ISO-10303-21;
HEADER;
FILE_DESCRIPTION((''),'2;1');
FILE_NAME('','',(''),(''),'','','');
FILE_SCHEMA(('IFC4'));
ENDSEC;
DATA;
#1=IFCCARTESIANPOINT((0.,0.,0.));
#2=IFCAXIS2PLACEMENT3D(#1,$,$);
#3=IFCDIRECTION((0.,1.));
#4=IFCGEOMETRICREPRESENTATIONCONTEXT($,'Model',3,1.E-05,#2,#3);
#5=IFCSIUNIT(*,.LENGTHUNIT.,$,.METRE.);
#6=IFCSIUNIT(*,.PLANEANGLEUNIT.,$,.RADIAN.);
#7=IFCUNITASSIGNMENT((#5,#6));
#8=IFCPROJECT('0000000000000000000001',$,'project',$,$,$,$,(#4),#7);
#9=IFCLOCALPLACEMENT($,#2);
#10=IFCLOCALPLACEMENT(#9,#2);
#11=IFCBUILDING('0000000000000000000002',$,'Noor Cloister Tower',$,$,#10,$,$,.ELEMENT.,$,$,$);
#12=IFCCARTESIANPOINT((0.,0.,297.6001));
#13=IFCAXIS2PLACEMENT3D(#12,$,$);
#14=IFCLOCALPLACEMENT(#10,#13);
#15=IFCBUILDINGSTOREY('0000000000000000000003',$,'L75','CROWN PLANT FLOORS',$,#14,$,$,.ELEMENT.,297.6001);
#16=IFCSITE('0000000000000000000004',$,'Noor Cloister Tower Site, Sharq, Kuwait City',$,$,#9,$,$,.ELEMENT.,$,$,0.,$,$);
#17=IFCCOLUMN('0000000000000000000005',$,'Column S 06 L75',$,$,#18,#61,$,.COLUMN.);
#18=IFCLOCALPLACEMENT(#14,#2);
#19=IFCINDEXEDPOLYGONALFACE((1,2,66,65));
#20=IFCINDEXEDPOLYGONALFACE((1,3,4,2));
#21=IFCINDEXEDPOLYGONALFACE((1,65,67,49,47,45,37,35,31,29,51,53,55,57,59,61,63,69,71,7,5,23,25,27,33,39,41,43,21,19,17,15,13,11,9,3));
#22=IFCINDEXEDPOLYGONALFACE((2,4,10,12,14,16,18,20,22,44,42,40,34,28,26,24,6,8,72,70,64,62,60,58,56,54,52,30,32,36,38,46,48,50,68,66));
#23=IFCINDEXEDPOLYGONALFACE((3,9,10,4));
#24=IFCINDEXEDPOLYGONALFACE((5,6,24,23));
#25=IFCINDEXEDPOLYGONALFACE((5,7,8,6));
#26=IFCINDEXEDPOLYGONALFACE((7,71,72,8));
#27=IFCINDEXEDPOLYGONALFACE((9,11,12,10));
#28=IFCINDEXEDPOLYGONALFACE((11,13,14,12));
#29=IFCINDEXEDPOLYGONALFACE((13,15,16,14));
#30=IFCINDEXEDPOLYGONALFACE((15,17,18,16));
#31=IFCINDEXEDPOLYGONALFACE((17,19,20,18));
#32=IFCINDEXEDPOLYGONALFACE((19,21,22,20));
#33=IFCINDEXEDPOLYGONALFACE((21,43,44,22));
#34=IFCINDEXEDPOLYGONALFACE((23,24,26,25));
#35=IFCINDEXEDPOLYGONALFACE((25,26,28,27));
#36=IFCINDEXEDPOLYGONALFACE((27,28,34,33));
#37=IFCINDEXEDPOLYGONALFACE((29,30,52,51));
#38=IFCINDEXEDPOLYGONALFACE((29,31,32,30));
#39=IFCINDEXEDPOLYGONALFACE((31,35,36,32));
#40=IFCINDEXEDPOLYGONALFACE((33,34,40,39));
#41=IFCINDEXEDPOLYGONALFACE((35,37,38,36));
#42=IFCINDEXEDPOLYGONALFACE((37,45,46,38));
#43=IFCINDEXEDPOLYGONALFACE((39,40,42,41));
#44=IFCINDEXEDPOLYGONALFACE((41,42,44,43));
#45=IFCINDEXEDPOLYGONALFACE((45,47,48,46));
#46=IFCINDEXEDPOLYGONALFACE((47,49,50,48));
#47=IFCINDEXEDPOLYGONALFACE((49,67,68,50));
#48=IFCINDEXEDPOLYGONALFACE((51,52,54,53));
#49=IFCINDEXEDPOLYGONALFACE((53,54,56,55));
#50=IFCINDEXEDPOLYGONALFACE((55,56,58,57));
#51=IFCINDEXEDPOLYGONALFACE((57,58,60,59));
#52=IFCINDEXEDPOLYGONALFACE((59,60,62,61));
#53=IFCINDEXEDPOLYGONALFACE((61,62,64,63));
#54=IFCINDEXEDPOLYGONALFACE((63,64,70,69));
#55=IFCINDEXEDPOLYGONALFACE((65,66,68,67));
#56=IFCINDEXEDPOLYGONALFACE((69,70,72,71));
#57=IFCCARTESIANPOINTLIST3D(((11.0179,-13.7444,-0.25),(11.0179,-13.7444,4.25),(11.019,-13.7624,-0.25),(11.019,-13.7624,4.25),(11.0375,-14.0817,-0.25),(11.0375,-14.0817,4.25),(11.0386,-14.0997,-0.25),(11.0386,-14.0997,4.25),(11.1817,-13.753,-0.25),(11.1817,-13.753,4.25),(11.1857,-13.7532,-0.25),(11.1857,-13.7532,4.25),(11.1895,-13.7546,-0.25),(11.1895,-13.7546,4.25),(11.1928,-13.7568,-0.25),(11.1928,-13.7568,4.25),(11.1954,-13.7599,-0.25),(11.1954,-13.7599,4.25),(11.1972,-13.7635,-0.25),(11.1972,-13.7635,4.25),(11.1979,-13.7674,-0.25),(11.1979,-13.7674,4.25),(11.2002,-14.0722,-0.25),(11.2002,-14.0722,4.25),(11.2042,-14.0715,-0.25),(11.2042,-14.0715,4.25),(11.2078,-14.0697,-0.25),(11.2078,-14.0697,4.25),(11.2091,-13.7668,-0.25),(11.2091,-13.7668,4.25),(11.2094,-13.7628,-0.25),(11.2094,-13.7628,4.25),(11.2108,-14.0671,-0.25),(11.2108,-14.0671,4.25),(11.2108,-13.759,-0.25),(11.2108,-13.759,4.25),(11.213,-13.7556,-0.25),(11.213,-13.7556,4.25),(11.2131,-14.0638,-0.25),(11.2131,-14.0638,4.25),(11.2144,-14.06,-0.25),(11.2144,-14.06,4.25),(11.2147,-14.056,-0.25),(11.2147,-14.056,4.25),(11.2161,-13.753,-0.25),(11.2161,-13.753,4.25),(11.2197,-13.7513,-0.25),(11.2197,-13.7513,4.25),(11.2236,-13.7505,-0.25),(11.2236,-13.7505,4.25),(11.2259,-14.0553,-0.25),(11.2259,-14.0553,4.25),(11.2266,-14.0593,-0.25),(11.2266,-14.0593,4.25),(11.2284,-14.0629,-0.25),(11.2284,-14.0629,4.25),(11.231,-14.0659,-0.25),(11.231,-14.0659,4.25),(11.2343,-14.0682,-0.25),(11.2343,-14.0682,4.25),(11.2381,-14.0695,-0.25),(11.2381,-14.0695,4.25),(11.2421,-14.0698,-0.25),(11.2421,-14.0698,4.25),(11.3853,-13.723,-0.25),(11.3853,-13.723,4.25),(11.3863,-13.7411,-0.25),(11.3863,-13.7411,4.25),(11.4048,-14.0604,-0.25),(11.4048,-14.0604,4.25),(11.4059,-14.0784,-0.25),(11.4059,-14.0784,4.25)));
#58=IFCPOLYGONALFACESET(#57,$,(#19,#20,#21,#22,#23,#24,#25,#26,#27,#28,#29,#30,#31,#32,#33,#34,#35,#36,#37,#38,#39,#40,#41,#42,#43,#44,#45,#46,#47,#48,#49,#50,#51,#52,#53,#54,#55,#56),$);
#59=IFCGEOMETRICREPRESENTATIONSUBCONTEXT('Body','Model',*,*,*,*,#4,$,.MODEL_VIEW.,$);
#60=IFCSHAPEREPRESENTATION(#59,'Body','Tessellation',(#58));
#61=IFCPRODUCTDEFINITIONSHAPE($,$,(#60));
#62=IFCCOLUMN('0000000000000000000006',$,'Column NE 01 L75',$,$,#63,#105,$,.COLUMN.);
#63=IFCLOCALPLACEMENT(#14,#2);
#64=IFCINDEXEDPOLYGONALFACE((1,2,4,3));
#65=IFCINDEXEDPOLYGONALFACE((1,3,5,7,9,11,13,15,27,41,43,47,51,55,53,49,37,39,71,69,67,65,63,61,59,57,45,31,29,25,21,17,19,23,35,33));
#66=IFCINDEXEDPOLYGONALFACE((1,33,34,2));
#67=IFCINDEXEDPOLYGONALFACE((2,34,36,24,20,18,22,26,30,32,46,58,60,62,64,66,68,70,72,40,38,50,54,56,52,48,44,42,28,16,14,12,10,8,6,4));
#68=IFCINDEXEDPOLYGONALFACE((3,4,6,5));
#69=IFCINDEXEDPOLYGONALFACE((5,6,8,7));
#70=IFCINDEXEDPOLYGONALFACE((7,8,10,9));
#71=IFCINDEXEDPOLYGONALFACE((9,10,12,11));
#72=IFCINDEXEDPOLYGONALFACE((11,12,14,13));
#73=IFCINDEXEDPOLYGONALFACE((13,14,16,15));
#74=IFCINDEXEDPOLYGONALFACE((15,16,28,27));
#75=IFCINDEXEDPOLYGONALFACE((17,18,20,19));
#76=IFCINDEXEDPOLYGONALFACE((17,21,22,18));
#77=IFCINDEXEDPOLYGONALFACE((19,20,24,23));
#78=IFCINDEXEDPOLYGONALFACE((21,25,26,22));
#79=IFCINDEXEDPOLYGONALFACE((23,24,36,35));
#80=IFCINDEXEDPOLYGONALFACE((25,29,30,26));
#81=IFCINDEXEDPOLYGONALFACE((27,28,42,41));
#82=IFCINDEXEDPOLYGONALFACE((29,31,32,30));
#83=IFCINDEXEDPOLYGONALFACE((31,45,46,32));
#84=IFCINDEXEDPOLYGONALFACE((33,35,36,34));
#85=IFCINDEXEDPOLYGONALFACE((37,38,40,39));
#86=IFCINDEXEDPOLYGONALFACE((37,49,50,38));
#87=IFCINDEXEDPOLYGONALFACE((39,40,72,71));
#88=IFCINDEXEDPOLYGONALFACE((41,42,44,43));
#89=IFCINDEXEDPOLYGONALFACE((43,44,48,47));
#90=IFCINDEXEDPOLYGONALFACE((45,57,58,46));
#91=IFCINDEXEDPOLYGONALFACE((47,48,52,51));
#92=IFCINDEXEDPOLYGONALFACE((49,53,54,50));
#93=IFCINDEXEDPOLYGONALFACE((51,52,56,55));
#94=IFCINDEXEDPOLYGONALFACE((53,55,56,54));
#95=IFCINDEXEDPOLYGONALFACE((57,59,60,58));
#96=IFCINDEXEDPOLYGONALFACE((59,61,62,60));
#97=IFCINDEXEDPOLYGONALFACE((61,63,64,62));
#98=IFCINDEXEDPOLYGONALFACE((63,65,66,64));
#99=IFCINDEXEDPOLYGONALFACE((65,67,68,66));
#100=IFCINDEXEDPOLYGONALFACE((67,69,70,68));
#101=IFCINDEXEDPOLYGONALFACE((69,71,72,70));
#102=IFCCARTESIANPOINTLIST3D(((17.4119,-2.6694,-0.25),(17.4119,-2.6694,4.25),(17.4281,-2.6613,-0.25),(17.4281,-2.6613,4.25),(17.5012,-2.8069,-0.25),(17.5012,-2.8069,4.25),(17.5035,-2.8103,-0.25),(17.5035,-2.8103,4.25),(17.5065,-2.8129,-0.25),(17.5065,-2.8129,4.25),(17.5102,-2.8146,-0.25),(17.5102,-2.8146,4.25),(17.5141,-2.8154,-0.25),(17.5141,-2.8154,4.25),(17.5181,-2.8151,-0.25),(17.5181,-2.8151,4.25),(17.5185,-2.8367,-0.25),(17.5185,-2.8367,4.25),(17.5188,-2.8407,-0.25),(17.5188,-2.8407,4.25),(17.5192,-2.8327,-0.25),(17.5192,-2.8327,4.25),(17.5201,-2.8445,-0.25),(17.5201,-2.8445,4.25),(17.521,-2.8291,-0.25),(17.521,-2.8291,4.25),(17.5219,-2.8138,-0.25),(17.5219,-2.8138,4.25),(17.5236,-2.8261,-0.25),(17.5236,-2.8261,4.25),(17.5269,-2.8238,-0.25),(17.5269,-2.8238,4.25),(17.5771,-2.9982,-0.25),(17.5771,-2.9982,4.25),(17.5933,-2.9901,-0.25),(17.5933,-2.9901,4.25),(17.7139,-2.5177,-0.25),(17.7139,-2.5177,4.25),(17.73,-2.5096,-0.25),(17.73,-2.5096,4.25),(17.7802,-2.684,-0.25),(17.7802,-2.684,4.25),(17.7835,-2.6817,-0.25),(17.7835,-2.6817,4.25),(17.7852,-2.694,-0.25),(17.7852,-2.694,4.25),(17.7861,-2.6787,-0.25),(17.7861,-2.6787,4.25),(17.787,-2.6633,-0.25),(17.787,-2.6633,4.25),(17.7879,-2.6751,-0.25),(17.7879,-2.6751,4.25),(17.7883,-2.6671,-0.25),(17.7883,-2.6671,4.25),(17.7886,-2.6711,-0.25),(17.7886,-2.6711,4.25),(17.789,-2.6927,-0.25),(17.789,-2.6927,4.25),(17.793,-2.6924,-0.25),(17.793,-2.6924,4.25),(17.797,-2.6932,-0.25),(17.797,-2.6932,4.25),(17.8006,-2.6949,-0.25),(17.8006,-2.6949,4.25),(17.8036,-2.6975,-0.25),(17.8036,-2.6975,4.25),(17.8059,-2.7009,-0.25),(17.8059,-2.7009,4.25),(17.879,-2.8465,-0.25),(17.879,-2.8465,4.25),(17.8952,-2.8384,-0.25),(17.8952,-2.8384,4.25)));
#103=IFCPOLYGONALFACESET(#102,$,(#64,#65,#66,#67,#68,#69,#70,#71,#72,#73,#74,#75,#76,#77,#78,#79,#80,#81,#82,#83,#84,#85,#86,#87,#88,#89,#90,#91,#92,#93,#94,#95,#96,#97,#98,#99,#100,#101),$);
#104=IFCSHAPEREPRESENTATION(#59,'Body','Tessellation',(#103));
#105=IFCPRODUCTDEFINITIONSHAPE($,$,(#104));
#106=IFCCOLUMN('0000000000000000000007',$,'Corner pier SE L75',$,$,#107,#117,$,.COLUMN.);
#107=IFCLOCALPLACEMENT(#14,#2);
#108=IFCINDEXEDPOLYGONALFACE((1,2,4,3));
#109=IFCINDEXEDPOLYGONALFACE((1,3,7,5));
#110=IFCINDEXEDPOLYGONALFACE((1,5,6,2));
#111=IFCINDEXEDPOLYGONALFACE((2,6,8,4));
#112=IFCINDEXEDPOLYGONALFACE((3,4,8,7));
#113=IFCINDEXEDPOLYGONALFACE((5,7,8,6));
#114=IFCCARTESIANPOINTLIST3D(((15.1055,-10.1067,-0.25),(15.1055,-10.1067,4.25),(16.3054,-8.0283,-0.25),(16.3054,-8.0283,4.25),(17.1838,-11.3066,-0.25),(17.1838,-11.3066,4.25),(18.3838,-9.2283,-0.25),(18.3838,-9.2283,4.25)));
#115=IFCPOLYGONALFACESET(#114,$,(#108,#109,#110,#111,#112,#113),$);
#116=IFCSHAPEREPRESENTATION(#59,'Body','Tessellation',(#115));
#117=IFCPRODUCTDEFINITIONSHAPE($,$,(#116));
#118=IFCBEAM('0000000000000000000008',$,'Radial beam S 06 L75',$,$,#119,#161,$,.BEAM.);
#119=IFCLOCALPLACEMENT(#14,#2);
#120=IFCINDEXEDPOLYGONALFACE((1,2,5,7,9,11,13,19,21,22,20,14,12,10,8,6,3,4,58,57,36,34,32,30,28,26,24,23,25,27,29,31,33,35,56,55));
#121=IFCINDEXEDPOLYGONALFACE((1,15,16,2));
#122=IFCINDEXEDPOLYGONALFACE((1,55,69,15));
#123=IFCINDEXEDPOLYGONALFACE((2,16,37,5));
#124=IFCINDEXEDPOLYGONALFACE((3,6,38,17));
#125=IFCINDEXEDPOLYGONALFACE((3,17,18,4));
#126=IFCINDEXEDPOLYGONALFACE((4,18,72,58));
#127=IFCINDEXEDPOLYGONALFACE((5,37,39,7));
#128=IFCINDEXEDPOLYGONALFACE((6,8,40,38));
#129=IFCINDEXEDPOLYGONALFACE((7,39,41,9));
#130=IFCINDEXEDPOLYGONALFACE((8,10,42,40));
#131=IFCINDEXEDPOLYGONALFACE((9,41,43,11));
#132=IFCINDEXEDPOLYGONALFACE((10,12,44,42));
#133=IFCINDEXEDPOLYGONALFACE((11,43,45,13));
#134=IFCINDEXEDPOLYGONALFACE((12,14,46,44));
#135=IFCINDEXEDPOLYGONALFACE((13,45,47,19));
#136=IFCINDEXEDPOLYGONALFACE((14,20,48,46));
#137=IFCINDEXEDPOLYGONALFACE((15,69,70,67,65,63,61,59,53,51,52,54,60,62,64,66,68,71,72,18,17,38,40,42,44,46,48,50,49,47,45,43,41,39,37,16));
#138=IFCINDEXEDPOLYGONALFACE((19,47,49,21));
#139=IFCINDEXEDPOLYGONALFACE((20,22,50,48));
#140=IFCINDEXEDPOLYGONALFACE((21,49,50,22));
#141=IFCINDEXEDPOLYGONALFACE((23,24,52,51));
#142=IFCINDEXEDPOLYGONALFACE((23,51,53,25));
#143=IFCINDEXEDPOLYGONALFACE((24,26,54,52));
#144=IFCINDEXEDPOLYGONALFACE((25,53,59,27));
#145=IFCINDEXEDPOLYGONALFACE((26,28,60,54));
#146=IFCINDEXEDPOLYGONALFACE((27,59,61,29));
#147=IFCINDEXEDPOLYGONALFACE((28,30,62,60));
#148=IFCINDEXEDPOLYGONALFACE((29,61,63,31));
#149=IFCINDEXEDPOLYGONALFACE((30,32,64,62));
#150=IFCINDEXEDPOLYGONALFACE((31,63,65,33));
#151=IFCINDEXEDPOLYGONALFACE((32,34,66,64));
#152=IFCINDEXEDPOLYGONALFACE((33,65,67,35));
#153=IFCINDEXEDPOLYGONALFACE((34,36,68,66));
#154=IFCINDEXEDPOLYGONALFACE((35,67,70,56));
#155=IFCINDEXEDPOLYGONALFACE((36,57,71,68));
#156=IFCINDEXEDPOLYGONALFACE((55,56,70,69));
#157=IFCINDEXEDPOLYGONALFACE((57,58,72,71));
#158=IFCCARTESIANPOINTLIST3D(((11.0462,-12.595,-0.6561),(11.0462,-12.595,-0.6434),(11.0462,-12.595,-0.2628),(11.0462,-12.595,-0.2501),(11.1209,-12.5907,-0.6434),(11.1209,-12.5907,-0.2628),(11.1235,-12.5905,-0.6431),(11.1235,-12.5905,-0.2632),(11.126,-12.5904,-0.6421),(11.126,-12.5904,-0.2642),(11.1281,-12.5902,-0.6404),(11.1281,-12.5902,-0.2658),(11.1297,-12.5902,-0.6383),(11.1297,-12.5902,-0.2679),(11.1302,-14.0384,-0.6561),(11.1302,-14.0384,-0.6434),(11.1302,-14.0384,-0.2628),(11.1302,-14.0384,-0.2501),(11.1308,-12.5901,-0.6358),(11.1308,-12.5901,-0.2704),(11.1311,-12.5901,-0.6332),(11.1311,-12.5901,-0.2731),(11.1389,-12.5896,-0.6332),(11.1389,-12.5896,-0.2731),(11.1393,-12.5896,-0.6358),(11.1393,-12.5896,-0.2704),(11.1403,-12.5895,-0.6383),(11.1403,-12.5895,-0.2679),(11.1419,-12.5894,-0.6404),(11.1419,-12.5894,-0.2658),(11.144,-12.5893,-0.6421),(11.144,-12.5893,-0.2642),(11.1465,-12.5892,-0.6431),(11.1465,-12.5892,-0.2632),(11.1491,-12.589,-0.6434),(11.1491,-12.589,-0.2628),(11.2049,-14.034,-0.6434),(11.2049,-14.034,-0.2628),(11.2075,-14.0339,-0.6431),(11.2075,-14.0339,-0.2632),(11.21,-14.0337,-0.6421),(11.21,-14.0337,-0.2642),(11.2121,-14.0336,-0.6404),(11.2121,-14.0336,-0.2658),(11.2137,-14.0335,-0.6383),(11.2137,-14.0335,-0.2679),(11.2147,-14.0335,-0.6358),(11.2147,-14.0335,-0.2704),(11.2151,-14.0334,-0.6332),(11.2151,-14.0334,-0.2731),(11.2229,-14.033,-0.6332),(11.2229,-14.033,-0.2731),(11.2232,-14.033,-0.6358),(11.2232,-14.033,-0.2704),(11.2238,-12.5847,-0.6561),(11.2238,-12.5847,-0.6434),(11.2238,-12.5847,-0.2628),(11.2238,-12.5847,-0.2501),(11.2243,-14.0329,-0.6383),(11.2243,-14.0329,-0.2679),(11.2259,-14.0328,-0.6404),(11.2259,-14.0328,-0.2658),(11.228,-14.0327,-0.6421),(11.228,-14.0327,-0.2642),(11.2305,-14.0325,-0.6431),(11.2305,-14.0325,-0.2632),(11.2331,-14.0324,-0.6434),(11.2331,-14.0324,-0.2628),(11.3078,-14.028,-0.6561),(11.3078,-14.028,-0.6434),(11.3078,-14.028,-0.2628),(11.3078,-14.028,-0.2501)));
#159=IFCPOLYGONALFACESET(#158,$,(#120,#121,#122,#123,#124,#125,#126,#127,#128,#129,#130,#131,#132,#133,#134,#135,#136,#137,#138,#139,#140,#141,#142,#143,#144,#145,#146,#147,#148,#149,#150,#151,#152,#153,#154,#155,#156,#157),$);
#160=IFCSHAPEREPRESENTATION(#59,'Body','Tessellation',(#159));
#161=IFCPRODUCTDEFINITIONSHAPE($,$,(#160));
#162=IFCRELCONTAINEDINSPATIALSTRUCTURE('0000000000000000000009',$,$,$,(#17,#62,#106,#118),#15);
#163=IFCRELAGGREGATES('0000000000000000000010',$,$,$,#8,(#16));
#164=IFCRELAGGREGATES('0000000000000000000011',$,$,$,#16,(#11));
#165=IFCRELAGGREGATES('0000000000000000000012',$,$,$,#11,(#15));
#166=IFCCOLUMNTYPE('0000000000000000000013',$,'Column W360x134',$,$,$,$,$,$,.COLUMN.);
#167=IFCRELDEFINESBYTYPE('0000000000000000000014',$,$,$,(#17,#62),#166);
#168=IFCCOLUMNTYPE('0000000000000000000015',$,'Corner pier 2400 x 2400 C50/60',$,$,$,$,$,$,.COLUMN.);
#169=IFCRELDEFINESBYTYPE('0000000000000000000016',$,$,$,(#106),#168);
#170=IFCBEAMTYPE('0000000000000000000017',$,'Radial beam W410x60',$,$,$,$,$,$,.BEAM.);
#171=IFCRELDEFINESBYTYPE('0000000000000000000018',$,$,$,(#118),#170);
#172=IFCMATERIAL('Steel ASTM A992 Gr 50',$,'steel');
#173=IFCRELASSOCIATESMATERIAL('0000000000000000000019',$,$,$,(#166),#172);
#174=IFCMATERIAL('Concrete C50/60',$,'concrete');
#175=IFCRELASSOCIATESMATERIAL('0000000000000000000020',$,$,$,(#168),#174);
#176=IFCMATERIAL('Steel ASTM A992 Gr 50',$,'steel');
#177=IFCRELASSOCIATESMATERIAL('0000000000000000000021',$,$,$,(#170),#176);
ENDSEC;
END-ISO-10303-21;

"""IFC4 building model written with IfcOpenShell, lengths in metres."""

from ifc_helpers import new_model, si_unit, direction, frame, origin, origin_2d, place, context, subcontext, project, spatial, rectangle, i_section, extrude, material, material_profile, profile_set, type_object, element, save


model = new_model("IFC4")

# Units and contexts
model_context = context("Model", 3, precision=1e-05, world=origin(), true_north=direction((0.0, 1.0)))
body_context = subcontext(model_context, "Body", "Model", "MODEL_VIEW")
ifc_project = project(units=[si_unit("LENGTHUNIT", "METRE"), si_unit("PLANEANGLEUNIT", "RADIAN")], contexts=[model_context])

# Site, building, storey
site_placement = place(None, origin())
site = spatial("IfcSite", under=ifc_project, at=site_placement, Name="Noor Cloister Tower Site, Sharq, Kuwait City", CompositionType="ELEMENT", RefElevation=0.0)
building_placement = place(site_placement, origin())
building = spatial("IfcBuilding", under=site, at=building_placement, Name="Noor Cloister Tower", CompositionType="ELEMENT")
storey_placement = place(building_placement, frame((0.0, 0.0, 297.6001)))
storey = spatial("IfcBuildingStorey", under=building, at=storey_placement, Name="L75", Description="CROWN PLANT FLOORS", CompositionType="ELEMENT", Elevation=297.6001)

# Columns
ifc_material_1 = material(Name="Steel ASTM A992 Gr 50", Category="steel")
ifc_material_profile_1 = material_profile(ifc_material_1, i_section(OverallWidth=0.3679, OverallDepth=0.356, WebThickness=0.0112, FlangeThickness=0.0181, FilletRadius=0.0154, at=origin_2d()), Name="W360x134")
ifc_profile_set_1 = profile_set([ifc_material_profile_1], Name="Steel ASTM A992 Gr 50")
column_type_1 = type_object("IfcColumnType", Name="Column W360x134", PredefinedType="COLUMN", material=ifc_profile_set_1)
for number, where, z_axis, x_axis, name in (
    (1, (11.2119, -13.9114, -0.25), (0.0, 0.0, 1.0), (0.99832, 0.057948, 0.0), "Column S 06 L75"),
    (2, (17.6536, -2.7539, -0.25), (0.0, 0.0, 1.0), (-0.448975, 0.893544, 0.0), "Column NE 01 L75"),
):
    element("IfcColumn", number, at=place(storey_placement, frame(where, z_axis=z_axis, x_axis=x_axis)), inside=storey, type_object=column_type_1, Name=name, PredefinedType="COLUMN", context=body_context, shape_type="SweptSolid", body=[
        extrude(i_section(OverallWidth=0.3679, OverallDepth=0.356, WebThickness=0.0112, FlangeThickness=0.0181, FilletRadius=0.0154, at=origin_2d()), origin(), (0.0, 0.0, 1.0), 4.5),
    ])
ifc_material_2 = material(Name="Concrete C50/60", Category="concrete")
ifc_material_profile_2 = material_profile(ifc_material_2, rectangle(XDim=2.3999, YDim=2.3999, at=origin_2d()), Name="RC 2400x2400")
ifc_profile_set_2 = profile_set([ifc_material_profile_2], Name="Concrete C50/60")
column_type_2 = type_object("IfcColumnType", Name="Corner pier 2400 x 2400 C50/60", PredefinedType="COLUMN", material=ifc_profile_set_2)
column_placement = place(storey_placement, frame((16.7446, -9.6675, -0.25), z_axis=(0.0, 0.0, 1.0), x_axis=(0.866025, -0.5, 0.0)))
element("IfcColumn", 3, at=column_placement, inside=storey, type_object=column_type_2, Name="Corner pier SE L75", PredefinedType="COLUMN", context=body_context, shape_type="SweptSolid", body=[
    extrude(rectangle(XDim=2.3999, YDim=2.3999, at=origin_2d()), origin(), (0.0, 0.0, 1.0), 4.5),
])

# Beam
ifc_material_3 = material(Name="Steel ASTM A992 Gr 50", Category="steel")
ifc_material_profile_3 = material_profile(ifc_material_3, i_section(OverallWidth=0.178, OverallDepth=0.406, WebThickness=0.0078, FlangeThickness=0.0127, FilletRadius=0.0103, at=origin_2d()), Name="W410x60")
ifc_profile_set_3 = profile_set([ifc_material_profile_3], Name="Steel ASTM A992 Gr 50")
beam_type_1 = type_object("IfcBeamType", Name="Radial beam W410x60", PredefinedType="BEAM", material=ifc_profile_set_3)
beam_1_placement = place(storey_placement, frame((11.219, -14.0332, -0.4531), z_axis=(-0.058088, 0.998311, 0.0), x_axis=(-0.998311, -0.058088, 0.0)))
element("IfcBeam", 4, at=beam_1_placement, inside=storey, type_object=beam_type_1, Name="Radial beam S 06 L75", PredefinedType="BEAM", context=body_context, shape_type="SweptSolid", body=[
    extrude(i_section(OverallWidth=0.178, OverallDepth=0.406, WebThickness=0.0078, FlangeThickness=0.0127, FilletRadius=0.0103, at=origin_2d()), origin(), (0.0, 0.0, 1.0), 1.4458),
])

save(model, "model.ifc")
